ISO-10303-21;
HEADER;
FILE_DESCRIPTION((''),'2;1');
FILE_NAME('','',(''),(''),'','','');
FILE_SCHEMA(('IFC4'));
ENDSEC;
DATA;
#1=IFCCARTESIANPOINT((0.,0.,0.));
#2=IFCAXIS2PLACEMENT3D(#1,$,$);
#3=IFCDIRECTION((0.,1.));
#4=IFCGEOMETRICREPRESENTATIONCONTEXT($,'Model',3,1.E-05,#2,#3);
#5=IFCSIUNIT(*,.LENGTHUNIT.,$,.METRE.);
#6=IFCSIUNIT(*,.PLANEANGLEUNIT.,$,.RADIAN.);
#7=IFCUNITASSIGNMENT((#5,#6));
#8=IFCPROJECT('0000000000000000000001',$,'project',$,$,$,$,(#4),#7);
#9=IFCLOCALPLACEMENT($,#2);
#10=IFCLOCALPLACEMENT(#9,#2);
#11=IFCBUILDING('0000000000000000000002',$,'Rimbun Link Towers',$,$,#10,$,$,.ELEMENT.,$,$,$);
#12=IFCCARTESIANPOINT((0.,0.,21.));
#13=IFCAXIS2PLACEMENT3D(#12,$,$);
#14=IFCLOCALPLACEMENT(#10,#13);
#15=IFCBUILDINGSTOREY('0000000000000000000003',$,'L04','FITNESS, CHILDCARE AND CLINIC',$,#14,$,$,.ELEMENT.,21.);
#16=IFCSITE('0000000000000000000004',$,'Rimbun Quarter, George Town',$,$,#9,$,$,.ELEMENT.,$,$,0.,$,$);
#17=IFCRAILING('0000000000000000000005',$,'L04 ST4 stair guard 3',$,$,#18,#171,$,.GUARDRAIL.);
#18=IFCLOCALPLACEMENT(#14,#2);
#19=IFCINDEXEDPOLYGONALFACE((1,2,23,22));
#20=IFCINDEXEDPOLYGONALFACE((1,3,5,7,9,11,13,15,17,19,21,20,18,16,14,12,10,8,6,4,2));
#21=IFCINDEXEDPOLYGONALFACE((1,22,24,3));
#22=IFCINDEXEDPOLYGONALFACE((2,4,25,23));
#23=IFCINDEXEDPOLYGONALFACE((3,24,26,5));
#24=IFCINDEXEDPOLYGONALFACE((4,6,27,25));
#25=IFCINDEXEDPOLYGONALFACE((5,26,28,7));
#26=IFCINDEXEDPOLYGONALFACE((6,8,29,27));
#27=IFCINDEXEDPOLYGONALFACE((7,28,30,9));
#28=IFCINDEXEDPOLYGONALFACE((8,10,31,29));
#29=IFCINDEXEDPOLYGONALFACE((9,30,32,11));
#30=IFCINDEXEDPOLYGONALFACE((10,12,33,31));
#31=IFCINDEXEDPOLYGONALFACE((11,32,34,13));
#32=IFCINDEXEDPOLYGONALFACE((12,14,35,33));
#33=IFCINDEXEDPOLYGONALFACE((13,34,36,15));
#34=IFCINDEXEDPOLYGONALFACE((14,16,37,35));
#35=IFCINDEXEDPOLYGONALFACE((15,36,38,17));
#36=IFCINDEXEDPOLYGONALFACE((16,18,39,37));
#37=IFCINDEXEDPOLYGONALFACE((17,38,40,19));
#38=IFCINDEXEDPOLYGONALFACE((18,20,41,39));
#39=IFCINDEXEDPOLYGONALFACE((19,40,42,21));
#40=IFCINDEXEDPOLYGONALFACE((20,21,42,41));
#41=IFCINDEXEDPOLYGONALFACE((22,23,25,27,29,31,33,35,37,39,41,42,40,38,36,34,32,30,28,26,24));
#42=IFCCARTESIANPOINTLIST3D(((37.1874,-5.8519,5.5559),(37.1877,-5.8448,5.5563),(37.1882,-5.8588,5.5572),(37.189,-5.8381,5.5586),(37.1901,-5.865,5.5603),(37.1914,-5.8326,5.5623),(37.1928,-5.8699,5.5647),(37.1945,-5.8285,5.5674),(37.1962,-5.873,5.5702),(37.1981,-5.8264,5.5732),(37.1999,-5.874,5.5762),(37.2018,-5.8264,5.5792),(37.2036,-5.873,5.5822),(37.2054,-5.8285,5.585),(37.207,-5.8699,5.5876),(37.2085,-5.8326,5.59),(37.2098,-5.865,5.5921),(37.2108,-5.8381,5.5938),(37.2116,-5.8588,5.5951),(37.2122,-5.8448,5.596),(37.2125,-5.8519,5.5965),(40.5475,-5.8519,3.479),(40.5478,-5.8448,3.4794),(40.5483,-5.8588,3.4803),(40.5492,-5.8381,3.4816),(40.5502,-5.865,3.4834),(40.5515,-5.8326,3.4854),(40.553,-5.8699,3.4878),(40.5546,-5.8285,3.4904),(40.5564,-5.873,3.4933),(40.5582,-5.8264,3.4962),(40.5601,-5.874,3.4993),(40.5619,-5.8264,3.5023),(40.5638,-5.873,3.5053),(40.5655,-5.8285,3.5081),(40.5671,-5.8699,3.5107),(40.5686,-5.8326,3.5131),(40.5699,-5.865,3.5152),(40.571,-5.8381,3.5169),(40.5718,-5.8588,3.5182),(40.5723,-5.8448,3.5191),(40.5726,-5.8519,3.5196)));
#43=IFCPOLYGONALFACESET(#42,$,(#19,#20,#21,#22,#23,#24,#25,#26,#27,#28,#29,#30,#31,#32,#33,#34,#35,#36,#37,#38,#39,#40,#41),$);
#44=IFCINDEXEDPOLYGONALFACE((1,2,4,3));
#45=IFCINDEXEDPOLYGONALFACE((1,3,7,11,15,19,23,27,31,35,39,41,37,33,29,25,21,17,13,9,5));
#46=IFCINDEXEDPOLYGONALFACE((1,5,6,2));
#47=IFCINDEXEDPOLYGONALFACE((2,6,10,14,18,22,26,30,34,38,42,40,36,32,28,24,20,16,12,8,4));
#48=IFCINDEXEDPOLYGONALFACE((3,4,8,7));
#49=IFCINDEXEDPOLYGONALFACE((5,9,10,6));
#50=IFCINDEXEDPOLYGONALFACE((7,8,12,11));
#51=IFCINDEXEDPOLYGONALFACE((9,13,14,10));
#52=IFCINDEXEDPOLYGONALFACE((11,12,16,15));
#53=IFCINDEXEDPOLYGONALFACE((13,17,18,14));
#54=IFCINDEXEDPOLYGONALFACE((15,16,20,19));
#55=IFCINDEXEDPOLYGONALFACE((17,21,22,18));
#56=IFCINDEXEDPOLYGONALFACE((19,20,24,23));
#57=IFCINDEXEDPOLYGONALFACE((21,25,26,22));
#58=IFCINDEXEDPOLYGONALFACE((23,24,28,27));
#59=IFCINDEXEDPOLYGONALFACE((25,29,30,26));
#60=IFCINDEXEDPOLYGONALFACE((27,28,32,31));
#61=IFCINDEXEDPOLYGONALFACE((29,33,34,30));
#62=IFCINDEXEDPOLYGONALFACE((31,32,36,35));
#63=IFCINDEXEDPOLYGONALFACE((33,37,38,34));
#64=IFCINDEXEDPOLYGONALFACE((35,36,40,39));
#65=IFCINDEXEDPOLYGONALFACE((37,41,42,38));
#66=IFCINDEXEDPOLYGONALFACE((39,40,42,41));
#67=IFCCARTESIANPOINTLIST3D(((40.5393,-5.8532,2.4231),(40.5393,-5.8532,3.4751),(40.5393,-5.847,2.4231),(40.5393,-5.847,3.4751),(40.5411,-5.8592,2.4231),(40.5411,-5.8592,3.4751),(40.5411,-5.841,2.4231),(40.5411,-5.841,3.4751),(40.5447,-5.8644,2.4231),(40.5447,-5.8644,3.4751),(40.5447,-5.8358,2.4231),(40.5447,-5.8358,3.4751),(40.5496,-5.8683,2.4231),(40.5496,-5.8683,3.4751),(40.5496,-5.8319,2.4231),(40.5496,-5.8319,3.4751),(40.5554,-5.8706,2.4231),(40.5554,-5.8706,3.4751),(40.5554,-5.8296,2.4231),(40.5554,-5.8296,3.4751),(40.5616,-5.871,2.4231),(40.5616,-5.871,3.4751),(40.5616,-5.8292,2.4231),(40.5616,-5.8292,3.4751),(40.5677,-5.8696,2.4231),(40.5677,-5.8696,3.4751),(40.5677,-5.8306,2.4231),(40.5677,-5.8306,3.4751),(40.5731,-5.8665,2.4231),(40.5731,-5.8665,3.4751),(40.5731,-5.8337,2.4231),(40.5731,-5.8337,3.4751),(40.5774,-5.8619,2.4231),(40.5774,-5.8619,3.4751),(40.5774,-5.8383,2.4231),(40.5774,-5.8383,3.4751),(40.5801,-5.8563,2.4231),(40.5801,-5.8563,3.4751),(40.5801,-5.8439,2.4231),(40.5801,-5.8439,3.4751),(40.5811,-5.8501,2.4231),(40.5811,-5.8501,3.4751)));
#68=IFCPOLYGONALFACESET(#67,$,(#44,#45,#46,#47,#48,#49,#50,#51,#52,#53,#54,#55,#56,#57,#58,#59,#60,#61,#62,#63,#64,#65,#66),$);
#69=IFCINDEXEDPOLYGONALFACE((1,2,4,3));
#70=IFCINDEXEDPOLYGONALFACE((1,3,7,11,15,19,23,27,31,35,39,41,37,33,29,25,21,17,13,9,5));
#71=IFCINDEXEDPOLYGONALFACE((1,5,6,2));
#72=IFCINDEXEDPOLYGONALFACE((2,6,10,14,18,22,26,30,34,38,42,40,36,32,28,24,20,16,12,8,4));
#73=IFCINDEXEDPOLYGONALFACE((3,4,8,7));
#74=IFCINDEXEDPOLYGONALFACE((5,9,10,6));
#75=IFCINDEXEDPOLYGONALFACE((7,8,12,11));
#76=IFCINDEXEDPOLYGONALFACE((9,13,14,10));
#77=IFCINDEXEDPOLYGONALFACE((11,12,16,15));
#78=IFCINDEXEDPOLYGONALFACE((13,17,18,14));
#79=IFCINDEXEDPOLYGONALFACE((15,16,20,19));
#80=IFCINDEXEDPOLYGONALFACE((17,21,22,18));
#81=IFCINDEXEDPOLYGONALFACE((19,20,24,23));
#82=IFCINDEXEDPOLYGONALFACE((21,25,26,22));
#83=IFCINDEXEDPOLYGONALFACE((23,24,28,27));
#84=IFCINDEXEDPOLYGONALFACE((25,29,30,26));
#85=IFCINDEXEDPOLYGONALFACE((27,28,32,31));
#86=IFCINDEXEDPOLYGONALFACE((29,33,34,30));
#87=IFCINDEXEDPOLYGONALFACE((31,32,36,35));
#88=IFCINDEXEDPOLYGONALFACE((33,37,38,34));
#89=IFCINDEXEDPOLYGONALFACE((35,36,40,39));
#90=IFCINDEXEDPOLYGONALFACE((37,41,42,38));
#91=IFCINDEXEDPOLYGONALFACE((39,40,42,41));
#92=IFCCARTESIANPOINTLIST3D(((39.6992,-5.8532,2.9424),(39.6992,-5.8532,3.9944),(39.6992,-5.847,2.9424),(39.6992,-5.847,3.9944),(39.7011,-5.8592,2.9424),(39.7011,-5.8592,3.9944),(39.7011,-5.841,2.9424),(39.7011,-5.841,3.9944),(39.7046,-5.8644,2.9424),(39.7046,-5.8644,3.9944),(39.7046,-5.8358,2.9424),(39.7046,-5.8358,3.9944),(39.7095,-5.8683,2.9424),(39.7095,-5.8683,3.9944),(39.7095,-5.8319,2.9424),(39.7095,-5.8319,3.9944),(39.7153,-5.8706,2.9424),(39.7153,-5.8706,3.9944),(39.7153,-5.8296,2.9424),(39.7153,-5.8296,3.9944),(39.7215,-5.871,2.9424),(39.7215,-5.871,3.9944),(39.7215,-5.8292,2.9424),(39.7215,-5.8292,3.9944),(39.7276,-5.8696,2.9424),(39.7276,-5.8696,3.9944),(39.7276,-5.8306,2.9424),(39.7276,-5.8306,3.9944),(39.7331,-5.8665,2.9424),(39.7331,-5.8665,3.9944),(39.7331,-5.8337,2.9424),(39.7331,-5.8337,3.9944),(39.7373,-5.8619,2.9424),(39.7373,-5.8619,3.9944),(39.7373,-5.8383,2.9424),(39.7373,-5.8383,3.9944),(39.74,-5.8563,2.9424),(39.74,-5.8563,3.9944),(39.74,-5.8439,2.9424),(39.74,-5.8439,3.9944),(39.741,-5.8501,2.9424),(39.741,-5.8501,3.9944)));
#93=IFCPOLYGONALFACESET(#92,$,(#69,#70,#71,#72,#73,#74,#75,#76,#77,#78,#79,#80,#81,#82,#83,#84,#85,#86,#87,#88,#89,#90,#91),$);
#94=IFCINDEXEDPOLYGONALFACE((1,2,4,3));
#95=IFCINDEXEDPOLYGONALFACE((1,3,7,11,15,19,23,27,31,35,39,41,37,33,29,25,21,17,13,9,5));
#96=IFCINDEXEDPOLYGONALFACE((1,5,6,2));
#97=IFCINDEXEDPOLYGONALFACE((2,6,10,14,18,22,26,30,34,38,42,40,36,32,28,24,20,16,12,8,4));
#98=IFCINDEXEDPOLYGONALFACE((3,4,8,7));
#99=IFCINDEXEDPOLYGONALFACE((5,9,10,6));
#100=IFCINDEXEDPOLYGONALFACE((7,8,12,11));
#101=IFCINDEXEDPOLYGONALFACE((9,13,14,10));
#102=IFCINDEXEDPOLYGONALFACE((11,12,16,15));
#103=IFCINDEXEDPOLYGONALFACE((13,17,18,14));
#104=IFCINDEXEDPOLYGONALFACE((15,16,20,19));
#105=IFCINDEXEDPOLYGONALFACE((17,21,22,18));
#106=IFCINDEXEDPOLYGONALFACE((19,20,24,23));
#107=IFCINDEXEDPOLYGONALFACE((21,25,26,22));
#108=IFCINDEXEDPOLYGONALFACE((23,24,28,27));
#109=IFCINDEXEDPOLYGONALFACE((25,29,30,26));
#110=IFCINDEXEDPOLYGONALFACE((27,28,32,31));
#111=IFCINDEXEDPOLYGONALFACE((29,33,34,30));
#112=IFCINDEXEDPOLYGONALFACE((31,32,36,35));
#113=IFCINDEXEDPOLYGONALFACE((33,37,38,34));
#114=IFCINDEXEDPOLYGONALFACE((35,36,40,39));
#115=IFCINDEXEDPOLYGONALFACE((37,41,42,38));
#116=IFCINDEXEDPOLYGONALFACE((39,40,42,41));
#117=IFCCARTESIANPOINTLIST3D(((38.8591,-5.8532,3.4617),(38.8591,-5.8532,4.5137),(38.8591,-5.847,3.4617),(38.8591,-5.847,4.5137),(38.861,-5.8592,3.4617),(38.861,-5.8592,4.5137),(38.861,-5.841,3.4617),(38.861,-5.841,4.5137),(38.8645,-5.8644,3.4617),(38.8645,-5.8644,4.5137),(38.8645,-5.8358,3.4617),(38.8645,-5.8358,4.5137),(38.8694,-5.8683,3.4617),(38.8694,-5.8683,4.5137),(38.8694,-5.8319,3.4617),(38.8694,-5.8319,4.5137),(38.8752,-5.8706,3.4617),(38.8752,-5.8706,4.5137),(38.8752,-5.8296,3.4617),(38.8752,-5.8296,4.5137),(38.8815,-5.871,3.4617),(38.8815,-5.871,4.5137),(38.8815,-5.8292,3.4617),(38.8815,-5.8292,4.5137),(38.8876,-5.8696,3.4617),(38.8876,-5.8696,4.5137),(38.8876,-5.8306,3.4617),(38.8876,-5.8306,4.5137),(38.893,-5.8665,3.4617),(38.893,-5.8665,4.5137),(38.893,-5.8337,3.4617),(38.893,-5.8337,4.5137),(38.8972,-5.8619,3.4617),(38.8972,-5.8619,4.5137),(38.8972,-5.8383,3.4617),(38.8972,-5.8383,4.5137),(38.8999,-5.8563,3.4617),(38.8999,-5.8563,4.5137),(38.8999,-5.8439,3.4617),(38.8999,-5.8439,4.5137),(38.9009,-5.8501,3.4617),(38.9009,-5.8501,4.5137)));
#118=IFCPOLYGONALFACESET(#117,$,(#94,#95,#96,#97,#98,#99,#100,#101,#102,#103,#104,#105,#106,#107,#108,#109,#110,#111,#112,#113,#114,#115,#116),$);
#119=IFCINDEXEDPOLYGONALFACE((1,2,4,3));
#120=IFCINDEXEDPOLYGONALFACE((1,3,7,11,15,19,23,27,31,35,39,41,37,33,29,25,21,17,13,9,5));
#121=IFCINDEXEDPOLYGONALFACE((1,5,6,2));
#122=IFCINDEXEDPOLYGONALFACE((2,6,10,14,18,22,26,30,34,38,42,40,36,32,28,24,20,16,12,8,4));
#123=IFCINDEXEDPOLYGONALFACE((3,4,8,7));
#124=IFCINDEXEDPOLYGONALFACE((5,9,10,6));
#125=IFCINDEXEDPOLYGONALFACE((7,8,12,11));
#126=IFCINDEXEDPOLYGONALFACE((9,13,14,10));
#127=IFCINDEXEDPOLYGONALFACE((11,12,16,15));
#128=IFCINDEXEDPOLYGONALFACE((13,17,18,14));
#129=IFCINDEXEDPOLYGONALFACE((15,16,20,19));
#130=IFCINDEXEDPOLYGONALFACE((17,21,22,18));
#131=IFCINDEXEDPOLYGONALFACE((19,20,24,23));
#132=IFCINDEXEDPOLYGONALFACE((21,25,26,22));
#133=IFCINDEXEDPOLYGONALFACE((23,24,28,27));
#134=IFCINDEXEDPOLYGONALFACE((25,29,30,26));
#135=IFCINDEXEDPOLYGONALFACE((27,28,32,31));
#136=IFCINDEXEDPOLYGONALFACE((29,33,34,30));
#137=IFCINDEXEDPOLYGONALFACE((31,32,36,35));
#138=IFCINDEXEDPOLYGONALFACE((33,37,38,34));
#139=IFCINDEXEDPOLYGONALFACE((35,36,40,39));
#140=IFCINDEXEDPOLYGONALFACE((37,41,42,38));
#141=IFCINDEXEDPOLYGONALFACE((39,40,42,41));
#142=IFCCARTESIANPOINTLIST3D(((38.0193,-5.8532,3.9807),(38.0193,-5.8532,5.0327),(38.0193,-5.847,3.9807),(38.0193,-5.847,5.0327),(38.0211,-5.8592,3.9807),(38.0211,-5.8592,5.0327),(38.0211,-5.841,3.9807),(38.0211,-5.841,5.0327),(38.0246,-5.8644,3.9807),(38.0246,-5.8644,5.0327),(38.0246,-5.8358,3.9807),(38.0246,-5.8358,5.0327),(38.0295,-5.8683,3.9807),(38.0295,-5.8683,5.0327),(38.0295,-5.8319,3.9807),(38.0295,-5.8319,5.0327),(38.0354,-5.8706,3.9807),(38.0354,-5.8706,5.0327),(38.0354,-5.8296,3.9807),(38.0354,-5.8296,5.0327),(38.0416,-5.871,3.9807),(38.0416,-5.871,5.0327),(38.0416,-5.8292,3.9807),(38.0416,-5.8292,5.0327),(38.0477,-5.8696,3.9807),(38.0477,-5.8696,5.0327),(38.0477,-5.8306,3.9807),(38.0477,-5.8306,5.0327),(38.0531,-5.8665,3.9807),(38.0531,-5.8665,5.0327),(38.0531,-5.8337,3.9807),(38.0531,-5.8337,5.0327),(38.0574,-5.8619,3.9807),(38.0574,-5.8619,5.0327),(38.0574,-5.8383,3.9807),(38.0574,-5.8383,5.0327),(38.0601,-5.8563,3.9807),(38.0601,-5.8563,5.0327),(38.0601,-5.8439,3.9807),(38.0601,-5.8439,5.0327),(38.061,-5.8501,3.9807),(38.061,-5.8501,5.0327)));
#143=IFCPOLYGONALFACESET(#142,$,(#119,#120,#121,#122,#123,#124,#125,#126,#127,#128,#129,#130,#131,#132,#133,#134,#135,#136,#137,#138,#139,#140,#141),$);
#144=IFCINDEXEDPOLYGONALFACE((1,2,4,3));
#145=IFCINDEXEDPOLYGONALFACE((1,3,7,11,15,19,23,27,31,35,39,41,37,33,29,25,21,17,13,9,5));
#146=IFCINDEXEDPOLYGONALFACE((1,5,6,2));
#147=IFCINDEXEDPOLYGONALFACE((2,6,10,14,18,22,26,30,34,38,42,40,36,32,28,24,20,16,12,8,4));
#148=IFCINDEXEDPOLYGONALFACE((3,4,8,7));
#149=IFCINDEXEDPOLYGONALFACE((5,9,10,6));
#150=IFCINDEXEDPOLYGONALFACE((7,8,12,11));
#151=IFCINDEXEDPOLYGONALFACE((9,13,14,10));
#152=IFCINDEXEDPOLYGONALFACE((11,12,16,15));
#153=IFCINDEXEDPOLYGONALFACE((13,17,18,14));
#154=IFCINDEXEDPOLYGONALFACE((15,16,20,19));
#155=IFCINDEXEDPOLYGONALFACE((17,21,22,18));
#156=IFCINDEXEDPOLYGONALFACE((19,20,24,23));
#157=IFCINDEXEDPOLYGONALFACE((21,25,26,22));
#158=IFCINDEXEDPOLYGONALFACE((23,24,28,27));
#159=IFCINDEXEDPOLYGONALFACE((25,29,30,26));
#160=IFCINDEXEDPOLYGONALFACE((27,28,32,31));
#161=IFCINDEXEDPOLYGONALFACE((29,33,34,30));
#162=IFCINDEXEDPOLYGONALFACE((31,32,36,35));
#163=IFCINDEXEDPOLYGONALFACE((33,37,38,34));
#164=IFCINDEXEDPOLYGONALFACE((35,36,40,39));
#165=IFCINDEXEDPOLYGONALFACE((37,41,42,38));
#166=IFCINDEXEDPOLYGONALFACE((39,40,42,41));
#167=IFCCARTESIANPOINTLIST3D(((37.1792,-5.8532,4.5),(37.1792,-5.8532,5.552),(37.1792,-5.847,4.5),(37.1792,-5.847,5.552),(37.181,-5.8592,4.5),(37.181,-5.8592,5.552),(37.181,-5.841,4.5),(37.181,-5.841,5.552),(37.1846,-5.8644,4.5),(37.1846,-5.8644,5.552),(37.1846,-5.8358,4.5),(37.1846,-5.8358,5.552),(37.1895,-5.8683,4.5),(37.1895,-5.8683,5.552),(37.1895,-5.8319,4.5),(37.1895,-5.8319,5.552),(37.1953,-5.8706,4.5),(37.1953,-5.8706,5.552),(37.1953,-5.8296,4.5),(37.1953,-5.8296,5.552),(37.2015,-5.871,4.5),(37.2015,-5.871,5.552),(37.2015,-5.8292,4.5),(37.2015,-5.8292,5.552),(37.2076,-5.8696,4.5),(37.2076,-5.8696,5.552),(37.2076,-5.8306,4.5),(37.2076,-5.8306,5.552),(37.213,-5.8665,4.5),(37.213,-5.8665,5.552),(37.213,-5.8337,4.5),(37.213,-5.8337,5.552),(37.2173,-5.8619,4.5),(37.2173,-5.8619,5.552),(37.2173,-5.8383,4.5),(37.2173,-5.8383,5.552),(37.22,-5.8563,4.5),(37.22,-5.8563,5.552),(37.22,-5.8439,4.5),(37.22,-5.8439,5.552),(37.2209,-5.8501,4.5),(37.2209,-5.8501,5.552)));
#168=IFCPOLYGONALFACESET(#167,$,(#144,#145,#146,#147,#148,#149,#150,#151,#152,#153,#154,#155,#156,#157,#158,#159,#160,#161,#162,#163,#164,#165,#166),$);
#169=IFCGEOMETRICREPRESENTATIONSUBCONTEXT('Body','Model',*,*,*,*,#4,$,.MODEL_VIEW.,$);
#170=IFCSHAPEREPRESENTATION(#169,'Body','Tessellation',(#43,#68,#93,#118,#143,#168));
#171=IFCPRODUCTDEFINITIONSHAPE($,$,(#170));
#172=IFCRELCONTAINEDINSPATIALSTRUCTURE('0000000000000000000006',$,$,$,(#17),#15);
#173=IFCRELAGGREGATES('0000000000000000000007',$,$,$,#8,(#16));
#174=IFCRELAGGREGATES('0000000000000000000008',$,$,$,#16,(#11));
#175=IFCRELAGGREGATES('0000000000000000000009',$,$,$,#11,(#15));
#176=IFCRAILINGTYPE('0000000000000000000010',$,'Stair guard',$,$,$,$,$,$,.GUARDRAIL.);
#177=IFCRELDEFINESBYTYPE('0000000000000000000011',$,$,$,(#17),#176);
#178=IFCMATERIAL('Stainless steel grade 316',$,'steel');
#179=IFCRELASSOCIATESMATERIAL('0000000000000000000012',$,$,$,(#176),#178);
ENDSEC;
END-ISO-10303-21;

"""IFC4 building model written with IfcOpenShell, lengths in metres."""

from ifc_helpers import new_model, si_unit, direction, frame, origin, origin_2d, place, context, subcontext, project, spatial, circle, extrude, material, type_object, element, save


model = new_model("IFC4")

# Units and contexts
model_context = context("Model", 3, precision=1e-05, world=origin(), true_north=direction((0.0, 1.0)))
body_context = subcontext(model_context, "Body", "Model", "MODEL_VIEW")
ifc_project = project(units=[si_unit("LENGTHUNIT", "METRE"), si_unit("PLANEANGLEUNIT", "RADIAN")], contexts=[model_context])

# Site, building, storey
site_placement = place(None, origin())
site = spatial("IfcSite", under=ifc_project, at=site_placement, Name="Rimbun Quarter, George Town", CompositionType="ELEMENT", RefElevation=0.0)
building_placement = place(site_placement, origin())
building = spatial("IfcBuilding", under=site, at=building_placement, Name="Rimbun Link Towers", CompositionType="ELEMENT")
storey_placement = place(building_placement, frame((0.0, 0.0, 21.0)))
storey = spatial("IfcBuildingStorey", under=building, at=storey_placement, Name="L04", Description="FITNESS, CHILDCARE AND CLINIC", CompositionType="ELEMENT", Elevation=21.0)

# Railing
ifc_material_1 = material(Name="Stainless steel grade 316", Category="steel")
railing_type_1 = type_object("IfcRailingType", Name="Stair guard", PredefinedType="GUARDRAIL", material=ifc_material_1)
railing_1_placement = place(storey_placement, frame((40.5601, -5.8501, 2.4231)))
element("IfcRailing", 1, at=railing_1_placement, inside=storey, type_object=railing_type_1, Name="L04 ST4 stair guard 3", PredefinedType="GUARDRAIL", context=body_context, shape_type="SweptSolid", body=[
    extrude(circle(Radius=0.0239, at=origin_2d()), frame((0.0, 0.0, 1.0762), z_axis=(-0.850623, 0.0, 0.525776), x_axis=(0.0, -1.0, 0.0)), (0.0, 0.0, 1.0), 3.9502),
    extrude(circle(Radius=0.021, at=origin_2d()), origin(), (0.0, 0.0, 1.0), 1.052),
    extrude(circle(Radius=0.021, at=origin_2d()), frame((-0.8401, 0.0, 0.5193)), (0.0, 0.0, 1.0), 1.052),
    extrude(circle(Radius=0.021, at=origin_2d()), frame((-1.6802, 0.0, 1.0386)), (0.0, 0.0, 1.0), 1.052),
    extrude(circle(Radius=0.021, at=origin_2d()), frame((-2.52, 0.0, 1.5576)), (0.0, 0.0, 1.0), 1.052),
    extrude(circle(Radius=0.021, at=origin_2d()), frame((-3.3601, 0.0, 2.0769)), (0.0, 0.0, 1.0), 1.052),
])

save(model, "model.ifc")
